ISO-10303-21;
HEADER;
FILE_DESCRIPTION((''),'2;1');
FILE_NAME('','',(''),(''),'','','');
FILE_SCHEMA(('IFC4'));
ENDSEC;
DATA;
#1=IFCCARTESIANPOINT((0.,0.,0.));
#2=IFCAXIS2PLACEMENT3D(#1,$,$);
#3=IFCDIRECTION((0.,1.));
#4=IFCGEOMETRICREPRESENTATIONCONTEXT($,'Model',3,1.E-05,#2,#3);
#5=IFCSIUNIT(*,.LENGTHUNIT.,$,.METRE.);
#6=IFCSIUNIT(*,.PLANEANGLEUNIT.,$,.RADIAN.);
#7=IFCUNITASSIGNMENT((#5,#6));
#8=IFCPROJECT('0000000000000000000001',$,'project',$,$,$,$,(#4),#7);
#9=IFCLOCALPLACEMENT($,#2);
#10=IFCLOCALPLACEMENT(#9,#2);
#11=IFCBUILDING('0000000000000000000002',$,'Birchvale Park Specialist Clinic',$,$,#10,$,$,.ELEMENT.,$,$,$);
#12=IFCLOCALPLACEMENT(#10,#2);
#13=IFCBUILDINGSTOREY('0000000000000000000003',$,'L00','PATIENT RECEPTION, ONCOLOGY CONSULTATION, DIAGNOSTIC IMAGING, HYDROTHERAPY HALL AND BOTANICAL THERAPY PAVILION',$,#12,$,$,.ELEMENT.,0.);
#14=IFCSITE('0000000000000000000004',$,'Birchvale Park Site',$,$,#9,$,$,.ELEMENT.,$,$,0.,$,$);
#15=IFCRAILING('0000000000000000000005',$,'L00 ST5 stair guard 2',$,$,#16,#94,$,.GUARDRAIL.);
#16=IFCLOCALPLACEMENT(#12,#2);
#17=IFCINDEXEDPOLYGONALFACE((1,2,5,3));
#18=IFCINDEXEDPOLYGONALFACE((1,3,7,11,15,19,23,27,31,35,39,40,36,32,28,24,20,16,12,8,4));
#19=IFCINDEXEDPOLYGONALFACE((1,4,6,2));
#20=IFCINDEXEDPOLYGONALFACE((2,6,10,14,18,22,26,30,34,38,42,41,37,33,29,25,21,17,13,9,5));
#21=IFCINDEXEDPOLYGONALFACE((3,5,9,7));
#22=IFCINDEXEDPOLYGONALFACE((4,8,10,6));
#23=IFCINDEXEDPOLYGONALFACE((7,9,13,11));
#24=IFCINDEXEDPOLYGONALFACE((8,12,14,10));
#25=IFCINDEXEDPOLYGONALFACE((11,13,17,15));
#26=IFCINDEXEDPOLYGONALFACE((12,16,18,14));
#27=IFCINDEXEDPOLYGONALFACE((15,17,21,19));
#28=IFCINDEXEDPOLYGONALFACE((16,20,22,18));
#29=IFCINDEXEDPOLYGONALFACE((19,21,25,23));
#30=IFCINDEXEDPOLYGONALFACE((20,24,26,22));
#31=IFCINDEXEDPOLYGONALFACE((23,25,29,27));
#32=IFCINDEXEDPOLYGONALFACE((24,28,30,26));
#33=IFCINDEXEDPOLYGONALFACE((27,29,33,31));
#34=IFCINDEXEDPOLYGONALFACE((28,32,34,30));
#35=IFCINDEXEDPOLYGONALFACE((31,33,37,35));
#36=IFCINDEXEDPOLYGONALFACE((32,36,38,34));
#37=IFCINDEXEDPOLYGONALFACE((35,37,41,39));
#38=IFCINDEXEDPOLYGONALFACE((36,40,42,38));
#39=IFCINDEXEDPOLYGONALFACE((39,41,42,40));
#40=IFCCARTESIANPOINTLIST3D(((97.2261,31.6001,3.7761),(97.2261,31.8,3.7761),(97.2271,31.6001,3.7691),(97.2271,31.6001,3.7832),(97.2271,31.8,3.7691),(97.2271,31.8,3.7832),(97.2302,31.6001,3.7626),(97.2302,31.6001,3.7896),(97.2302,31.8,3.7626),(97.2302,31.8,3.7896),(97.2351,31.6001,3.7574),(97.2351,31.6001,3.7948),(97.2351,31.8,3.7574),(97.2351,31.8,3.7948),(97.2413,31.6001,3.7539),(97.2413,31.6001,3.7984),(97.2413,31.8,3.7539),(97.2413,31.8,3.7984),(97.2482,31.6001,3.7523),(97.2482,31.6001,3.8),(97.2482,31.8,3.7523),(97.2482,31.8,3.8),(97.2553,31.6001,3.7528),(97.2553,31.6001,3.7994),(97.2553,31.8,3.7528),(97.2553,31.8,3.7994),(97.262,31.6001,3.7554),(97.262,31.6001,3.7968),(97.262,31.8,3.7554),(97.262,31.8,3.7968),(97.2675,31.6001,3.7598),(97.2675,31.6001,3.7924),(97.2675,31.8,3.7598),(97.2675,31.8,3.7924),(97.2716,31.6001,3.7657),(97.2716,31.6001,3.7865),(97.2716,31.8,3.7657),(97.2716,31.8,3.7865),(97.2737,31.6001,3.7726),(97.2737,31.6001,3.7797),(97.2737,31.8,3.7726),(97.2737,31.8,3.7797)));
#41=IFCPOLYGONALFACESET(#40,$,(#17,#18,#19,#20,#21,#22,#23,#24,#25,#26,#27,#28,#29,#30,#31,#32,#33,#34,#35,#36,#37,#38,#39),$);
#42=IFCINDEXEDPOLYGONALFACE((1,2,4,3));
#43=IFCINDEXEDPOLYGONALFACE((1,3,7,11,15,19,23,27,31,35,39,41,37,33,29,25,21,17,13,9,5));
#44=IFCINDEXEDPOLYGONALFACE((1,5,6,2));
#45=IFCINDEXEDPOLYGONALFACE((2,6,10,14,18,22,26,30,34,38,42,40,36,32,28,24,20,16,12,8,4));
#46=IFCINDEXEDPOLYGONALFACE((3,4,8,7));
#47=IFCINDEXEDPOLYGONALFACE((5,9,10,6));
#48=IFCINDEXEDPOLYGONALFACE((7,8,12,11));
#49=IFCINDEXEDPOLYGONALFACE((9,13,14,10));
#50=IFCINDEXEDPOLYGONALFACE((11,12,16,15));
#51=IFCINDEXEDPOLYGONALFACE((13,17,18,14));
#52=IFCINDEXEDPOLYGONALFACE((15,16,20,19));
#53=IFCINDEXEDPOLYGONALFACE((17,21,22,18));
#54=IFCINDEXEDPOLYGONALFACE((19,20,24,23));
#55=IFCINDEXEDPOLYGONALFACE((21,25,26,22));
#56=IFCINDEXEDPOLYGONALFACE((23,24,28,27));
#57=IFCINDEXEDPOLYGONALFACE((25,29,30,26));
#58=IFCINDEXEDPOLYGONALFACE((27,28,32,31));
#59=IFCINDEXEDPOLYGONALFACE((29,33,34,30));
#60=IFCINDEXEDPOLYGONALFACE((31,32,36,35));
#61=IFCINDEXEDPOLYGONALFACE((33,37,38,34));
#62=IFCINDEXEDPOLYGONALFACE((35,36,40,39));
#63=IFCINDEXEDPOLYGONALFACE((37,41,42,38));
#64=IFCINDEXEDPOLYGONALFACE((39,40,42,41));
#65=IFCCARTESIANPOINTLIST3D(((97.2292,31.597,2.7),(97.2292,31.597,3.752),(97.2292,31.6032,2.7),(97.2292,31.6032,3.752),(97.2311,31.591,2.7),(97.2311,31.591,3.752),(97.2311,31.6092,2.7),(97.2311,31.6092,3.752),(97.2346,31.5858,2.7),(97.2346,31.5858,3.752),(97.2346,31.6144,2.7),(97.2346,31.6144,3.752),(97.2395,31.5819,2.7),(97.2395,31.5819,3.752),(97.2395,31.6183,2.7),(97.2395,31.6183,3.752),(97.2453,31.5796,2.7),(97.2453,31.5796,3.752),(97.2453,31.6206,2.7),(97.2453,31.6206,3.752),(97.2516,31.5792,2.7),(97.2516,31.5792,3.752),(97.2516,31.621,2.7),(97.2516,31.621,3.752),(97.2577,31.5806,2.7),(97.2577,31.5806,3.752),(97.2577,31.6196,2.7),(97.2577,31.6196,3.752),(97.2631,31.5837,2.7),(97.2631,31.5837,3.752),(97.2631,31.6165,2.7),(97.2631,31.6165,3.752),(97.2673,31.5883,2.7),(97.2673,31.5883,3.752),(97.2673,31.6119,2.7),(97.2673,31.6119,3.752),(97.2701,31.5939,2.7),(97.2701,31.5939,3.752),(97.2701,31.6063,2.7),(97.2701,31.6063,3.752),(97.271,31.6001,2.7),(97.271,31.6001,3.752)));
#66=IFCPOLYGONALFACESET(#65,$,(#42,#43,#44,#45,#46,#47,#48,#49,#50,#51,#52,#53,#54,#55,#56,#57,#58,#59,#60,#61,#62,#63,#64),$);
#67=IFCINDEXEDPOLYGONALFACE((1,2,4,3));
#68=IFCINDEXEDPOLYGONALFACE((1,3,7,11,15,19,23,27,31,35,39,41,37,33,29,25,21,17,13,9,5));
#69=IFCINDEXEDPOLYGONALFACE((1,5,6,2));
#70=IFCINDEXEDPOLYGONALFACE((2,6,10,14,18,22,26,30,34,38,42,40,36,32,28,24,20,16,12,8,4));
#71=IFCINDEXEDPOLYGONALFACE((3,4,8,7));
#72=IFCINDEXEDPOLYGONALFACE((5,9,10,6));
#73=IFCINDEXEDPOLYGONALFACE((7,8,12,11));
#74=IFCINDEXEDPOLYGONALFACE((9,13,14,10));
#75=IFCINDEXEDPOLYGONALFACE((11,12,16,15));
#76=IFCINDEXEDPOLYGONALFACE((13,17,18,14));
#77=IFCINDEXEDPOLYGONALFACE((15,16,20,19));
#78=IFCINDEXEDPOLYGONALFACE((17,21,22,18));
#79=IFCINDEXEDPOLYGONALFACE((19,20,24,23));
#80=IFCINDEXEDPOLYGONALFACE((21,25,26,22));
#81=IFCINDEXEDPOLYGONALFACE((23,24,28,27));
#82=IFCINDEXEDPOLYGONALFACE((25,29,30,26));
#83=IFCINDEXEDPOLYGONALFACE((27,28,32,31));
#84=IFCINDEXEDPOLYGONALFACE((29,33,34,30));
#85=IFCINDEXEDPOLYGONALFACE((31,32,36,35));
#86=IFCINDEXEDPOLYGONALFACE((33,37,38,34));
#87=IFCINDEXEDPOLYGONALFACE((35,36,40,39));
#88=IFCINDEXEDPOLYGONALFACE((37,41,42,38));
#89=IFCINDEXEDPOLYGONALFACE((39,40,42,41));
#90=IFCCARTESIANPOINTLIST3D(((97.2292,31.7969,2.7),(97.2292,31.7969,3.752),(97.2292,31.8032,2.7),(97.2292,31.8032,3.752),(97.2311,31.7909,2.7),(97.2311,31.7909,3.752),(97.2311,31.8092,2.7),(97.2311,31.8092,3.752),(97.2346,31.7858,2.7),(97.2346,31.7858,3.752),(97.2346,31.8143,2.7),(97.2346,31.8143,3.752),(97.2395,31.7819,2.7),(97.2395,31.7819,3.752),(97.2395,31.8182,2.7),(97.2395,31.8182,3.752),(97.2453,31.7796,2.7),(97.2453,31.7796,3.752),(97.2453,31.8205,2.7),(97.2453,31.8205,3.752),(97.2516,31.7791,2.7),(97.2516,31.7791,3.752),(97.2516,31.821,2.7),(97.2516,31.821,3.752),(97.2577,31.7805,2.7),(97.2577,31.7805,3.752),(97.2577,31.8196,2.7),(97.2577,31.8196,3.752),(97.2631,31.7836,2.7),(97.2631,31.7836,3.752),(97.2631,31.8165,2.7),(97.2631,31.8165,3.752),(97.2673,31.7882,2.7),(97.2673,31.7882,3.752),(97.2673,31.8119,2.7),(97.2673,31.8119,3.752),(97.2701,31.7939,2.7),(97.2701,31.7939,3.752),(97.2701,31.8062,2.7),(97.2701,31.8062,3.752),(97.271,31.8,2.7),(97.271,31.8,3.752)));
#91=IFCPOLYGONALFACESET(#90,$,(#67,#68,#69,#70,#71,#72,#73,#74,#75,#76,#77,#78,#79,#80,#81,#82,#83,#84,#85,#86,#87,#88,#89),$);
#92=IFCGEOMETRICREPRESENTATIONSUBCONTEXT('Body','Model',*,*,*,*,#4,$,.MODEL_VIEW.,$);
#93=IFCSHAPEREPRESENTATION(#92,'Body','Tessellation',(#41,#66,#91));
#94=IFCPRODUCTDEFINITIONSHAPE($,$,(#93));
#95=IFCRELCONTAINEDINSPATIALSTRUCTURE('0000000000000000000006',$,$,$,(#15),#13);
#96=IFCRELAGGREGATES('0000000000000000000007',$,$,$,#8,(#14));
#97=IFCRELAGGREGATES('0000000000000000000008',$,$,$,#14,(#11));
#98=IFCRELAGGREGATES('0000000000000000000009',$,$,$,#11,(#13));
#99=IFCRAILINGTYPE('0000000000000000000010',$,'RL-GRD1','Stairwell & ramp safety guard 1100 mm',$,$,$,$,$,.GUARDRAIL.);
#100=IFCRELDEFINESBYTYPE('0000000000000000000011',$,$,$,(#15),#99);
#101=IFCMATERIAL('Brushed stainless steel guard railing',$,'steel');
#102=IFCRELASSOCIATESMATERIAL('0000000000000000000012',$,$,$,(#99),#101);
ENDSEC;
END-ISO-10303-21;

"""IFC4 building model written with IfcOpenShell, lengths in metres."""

from ifc_helpers import new_model, si_unit, direction, frame, origin, origin_2d, place, context, subcontext, project, spatial, circle, extrude, material, type_object, element, save


model = new_model("IFC4")

# Units and contexts
model_context = context("Model", 3, precision=1e-05, world=origin(), true_north=direction((0.0, 1.0)))
body_context = subcontext(model_context, "Body", "Model", "MODEL_VIEW")
ifc_project = project(units=[si_unit("LENGTHUNIT", "METRE"), si_unit("PLANEANGLEUNIT", "RADIAN")], contexts=[model_context])

# Site, building, storey
site_placement = place(None, origin())
site = spatial("IfcSite", under=ifc_project, at=site_placement, Name="Birchvale Park Site", CompositionType="ELEMENT", RefElevation=0.0)
building_placement = place(site_placement, origin())
building = spatial("IfcBuilding", under=site, at=building_placement, Name="Birchvale Park Specialist Clinic", CompositionType="ELEMENT")
storey_placement = place(building_placement, origin())
storey = spatial("IfcBuildingStorey", under=building, at=storey_placement, Name="L00", Description="PATIENT RECEPTION, ONCOLOGY CONSULTATION, DIAGNOSTIC IMAGING, HYDROTHERAPY HALL AND BOTANICAL THERAPY PAVILION", CompositionType="ELEMENT", Elevation=0.0)

# Railing
ifc_material_1 = material(Name="Brushed stainless steel guard railing", Category="steel")
railing_type_1 = type_object("IfcRailingType", Name="RL-GRD1", Description="Stairwell & ramp safety guard 1100 mm", PredefinedType="GUARDRAIL", material=ifc_material_1)
railing_1_placement = place(storey_placement, frame((97.25, 31.6001, 2.7)))
element("IfcRailing", 1, at=railing_1_placement, inside=storey, type_object=railing_type_1, Name="L00 ST5 stair guard 2", PredefinedType="GUARDRAIL", context=body_context, shape_type="SweptSolid", body=[
    extrude(circle(Radius=0.0239, at=origin_2d()), frame((0.0, 0.0, 1.0762), z_axis=(0.0, 1.0, 0.0), x_axis=(-1.0, 0.0, 0.0)), (0.0, 0.0, 1.0), 0.2),
    extrude(circle(Radius=0.021, at=origin_2d()), origin(), (0.0, 0.0, 1.0), 1.052),
    extrude(circle(Radius=0.021, at=origin_2d()), frame((0.0, 0.2, 0.0)), (0.0, 0.0, 1.0), 1.052),
])

save(model, "model.ifc")
